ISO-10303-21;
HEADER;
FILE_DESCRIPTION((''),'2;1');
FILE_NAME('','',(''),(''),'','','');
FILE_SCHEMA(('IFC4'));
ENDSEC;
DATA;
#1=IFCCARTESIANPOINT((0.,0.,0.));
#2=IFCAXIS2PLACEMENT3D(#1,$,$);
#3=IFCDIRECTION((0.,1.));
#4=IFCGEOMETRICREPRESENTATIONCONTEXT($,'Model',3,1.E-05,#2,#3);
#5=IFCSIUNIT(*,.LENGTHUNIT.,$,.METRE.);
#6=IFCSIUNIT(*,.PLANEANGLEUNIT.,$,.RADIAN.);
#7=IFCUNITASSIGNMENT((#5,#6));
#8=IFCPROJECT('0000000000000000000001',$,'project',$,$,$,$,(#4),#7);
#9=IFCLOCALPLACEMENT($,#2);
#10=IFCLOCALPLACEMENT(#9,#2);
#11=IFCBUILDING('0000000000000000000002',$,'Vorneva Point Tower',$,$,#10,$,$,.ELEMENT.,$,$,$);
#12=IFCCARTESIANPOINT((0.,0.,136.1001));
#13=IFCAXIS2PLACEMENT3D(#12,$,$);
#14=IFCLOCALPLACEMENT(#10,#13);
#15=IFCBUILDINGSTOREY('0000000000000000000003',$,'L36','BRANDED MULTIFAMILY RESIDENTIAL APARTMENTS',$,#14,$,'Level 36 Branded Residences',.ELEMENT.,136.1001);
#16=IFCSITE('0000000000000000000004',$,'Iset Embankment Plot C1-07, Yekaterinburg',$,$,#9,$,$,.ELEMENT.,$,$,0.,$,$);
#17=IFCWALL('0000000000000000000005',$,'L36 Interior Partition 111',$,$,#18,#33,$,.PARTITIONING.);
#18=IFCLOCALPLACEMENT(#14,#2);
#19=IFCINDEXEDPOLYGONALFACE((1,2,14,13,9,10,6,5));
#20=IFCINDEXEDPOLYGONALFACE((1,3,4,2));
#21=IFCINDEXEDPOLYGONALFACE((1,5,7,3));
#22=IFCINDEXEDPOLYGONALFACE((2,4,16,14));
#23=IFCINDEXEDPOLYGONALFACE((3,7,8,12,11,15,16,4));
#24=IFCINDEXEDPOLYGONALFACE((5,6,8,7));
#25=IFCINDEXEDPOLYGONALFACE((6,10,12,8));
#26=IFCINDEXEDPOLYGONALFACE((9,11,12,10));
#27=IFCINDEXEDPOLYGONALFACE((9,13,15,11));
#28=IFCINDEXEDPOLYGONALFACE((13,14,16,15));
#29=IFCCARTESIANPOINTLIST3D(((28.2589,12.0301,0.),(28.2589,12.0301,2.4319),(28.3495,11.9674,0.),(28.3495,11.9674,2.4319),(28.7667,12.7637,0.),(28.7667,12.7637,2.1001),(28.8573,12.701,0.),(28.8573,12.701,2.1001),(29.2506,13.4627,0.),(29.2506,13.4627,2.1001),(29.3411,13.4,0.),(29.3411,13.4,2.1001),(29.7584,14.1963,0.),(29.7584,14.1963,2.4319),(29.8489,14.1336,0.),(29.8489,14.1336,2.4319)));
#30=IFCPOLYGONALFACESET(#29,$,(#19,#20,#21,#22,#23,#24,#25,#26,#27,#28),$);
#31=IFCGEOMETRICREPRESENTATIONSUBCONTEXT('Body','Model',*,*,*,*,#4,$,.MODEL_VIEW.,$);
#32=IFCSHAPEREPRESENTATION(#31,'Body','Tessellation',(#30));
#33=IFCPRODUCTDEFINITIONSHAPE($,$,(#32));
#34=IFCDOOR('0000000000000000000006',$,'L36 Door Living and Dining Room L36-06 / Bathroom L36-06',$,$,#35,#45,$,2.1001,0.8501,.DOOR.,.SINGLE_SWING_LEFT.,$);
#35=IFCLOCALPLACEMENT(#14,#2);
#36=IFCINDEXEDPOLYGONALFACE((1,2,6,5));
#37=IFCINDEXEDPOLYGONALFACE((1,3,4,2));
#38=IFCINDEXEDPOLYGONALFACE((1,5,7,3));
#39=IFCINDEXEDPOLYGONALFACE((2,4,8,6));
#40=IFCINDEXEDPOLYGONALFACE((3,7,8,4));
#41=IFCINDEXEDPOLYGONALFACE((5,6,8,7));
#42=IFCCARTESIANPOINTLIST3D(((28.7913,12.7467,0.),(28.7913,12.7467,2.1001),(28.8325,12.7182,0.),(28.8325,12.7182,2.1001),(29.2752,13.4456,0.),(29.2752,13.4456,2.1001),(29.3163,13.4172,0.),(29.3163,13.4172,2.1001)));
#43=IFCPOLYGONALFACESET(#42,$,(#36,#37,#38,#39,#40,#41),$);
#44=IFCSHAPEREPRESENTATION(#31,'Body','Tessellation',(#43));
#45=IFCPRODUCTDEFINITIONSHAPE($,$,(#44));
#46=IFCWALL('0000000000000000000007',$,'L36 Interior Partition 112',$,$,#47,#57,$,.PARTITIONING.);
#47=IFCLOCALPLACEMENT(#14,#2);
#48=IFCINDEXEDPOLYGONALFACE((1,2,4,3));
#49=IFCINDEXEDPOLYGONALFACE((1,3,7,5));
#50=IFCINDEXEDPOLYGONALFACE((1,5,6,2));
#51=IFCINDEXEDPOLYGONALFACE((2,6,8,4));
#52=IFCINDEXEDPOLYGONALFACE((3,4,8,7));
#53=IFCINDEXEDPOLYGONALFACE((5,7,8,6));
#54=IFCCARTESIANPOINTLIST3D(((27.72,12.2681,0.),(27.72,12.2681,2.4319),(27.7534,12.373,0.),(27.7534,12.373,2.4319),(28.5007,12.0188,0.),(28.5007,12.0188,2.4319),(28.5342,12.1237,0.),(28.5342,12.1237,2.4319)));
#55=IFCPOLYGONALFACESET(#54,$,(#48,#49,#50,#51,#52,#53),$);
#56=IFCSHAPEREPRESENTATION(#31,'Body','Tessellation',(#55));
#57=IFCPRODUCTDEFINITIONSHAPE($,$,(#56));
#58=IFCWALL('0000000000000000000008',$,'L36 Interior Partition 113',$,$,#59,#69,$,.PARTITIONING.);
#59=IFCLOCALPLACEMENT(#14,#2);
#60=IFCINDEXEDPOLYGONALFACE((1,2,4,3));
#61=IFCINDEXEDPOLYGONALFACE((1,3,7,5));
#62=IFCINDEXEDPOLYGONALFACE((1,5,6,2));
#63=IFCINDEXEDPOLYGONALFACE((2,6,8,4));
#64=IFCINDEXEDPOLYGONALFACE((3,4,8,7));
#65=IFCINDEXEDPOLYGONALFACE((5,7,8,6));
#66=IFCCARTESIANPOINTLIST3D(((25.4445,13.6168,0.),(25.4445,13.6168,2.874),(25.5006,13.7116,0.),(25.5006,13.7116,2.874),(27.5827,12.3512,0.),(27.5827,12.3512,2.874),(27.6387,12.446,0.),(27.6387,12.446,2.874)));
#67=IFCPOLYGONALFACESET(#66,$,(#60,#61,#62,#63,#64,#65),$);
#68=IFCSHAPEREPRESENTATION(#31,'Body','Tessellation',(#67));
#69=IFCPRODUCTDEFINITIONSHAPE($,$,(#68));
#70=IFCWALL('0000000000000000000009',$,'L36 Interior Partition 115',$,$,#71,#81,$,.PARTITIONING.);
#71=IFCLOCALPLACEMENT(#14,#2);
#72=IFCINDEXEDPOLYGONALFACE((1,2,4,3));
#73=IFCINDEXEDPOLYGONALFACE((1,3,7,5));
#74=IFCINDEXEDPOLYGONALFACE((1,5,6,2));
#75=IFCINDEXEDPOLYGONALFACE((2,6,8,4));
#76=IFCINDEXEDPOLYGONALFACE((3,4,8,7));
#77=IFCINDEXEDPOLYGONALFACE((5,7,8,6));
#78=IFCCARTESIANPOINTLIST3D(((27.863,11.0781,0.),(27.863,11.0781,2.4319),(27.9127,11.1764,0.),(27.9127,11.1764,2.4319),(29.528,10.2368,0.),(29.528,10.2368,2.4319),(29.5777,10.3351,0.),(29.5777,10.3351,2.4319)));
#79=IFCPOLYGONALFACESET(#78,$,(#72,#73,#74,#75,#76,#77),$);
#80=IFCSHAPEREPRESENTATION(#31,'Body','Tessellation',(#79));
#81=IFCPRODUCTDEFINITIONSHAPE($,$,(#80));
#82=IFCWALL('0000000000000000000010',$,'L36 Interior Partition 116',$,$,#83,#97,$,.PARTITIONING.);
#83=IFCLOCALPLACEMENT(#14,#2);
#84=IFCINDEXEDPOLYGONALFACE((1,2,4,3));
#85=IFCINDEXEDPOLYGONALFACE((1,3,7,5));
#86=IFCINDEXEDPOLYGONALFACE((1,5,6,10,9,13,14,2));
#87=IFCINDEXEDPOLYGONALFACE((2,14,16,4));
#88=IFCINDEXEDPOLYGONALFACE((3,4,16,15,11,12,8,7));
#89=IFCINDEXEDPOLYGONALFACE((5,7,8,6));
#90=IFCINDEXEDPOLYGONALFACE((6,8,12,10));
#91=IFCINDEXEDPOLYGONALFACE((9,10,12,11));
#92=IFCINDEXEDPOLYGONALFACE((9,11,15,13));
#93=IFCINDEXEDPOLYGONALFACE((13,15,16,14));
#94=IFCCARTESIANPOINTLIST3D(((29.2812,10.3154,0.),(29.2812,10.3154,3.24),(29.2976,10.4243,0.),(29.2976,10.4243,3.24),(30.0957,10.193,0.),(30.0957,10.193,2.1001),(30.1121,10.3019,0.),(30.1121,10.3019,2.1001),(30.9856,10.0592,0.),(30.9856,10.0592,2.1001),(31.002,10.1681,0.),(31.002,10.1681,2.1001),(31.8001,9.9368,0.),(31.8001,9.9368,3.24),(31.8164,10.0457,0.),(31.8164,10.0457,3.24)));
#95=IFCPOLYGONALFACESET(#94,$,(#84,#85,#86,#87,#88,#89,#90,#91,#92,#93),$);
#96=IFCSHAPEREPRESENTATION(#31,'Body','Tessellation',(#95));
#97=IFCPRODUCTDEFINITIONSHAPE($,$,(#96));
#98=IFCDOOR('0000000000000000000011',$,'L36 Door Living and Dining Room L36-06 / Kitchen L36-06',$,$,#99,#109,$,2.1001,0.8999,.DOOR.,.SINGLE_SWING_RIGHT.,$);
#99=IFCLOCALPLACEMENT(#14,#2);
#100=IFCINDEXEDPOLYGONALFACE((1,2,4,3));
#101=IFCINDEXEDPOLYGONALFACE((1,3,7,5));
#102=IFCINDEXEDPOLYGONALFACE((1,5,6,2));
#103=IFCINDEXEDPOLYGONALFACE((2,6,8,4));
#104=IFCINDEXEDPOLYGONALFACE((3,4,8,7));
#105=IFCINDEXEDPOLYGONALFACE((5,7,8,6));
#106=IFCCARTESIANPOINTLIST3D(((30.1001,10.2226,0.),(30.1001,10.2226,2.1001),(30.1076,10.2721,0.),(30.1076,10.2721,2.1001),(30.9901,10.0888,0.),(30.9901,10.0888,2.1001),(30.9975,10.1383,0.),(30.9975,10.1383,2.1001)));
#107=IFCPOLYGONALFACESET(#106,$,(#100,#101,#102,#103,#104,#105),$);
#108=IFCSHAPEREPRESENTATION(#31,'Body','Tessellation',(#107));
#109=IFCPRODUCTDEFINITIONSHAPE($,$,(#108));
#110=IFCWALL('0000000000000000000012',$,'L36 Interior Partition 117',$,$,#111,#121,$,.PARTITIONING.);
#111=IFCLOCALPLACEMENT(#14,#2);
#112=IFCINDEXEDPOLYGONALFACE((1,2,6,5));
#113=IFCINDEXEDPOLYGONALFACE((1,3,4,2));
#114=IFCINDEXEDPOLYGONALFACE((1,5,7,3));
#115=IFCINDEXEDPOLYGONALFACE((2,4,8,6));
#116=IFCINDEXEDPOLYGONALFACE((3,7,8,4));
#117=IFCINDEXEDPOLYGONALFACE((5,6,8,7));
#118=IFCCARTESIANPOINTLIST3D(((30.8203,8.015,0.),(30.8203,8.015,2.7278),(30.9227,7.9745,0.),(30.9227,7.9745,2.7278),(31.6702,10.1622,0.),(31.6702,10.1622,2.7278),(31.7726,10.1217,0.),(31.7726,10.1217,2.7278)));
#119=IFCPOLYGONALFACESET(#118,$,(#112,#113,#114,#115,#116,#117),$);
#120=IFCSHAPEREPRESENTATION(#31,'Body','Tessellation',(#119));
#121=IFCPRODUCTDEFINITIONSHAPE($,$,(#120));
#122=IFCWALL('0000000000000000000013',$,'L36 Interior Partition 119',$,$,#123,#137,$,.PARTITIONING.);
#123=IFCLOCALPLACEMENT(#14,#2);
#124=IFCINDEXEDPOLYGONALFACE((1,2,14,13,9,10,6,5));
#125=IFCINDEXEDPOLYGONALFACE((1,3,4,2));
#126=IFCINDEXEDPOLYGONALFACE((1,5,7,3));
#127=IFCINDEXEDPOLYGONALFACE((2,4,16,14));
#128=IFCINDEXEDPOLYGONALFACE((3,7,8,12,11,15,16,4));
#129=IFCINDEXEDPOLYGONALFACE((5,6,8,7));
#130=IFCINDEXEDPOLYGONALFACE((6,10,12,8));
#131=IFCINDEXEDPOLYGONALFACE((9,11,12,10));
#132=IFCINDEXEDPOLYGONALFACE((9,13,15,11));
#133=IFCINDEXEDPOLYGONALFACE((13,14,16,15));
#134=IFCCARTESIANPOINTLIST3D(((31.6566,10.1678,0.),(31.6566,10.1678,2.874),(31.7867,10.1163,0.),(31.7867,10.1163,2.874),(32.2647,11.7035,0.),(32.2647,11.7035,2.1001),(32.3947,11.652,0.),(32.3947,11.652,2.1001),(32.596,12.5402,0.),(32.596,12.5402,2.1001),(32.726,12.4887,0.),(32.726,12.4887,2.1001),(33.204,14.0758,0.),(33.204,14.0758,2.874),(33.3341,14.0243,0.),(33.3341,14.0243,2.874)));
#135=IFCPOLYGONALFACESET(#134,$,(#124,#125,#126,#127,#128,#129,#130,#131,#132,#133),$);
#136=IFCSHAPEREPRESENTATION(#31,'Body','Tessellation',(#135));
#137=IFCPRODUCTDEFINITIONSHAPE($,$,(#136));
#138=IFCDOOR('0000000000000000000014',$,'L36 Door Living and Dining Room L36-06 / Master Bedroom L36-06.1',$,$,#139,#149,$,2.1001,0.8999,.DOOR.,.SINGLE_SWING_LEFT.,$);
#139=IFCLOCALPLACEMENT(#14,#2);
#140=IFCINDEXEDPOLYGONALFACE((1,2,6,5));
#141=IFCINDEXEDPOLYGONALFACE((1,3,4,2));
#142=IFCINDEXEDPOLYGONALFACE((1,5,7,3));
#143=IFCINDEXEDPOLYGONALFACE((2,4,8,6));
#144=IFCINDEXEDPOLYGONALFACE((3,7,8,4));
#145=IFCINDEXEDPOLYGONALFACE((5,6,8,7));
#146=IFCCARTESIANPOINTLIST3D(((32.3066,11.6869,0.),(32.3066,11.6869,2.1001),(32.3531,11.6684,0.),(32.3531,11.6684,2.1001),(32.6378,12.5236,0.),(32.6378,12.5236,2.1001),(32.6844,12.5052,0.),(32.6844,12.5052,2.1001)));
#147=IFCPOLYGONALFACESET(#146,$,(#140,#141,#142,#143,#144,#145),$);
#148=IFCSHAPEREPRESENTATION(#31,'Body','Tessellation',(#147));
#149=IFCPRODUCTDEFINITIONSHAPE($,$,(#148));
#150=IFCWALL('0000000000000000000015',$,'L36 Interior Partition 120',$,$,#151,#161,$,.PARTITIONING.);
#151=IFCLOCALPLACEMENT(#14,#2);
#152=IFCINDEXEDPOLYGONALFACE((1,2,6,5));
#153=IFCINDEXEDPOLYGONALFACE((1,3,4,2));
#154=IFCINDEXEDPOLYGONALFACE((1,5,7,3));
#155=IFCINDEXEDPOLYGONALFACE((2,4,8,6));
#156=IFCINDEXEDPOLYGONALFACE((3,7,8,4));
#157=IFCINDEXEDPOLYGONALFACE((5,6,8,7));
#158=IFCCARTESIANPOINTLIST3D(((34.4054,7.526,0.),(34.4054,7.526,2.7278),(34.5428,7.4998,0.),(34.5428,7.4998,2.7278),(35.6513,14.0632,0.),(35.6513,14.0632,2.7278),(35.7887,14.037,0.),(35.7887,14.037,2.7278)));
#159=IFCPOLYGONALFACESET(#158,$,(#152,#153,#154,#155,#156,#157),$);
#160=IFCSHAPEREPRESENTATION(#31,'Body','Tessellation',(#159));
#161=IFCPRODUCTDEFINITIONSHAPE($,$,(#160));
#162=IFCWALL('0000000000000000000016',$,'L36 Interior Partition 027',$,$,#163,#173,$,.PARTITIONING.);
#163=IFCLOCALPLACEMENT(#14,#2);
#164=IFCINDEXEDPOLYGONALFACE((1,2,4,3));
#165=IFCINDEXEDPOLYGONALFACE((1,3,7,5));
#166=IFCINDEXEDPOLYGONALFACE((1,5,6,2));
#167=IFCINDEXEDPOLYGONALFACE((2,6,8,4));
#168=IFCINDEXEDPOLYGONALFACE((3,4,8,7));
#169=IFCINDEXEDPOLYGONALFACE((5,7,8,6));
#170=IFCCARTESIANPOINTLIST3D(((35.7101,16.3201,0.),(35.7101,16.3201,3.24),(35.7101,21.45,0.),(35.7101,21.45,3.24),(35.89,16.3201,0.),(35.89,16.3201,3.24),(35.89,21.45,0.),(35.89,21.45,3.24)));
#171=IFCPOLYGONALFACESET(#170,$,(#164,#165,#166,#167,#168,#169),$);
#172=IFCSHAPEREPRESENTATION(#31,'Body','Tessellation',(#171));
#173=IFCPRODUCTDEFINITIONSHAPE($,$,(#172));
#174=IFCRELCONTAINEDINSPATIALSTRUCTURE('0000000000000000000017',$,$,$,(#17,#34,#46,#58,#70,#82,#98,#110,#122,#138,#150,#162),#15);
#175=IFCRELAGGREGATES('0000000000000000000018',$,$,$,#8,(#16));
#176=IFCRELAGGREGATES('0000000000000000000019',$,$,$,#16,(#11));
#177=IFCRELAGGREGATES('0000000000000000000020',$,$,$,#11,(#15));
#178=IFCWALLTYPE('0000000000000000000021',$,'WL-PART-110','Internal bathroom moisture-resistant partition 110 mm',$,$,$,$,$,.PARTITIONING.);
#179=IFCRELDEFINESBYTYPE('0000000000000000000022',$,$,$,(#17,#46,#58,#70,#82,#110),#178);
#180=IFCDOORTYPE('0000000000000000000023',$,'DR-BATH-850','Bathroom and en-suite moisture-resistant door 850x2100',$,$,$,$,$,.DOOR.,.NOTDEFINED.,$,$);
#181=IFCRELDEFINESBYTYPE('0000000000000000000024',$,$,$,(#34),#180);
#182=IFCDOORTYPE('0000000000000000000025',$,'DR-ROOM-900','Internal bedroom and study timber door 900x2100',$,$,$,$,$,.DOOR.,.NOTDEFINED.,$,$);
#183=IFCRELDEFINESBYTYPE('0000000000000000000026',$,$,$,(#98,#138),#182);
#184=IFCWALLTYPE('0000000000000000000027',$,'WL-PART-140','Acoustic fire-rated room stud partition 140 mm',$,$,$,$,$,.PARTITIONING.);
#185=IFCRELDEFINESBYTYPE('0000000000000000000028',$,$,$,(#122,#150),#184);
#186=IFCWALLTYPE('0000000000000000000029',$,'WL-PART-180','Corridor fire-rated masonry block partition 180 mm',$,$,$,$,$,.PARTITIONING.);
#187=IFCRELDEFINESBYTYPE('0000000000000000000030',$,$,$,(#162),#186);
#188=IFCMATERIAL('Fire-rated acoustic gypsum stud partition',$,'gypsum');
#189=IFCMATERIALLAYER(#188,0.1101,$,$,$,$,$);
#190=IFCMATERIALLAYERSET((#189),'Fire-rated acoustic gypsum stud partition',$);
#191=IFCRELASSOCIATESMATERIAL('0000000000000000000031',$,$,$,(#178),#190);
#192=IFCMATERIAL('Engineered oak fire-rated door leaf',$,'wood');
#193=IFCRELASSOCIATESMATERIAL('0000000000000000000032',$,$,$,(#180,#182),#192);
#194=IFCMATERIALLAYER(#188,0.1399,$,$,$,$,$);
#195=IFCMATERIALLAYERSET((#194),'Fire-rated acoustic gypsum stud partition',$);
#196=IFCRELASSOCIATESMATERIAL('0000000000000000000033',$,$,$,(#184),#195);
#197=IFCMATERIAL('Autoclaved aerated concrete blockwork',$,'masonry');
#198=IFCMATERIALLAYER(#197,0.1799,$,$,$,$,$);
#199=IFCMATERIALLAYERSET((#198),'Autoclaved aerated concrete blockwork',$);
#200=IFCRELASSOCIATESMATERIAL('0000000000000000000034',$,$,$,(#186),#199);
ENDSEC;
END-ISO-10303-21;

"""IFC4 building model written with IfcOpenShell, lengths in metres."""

from ifc_helpers import new_model, si_unit, direction, frame, frame_2d, origin, place, context, subcontext, project, spatial, rectangle, extrude, material, layer, layer_set, type_object, element, fill, save


model = new_model("IFC4")

# Units and contexts
model_context = context("Model", 3, precision=1e-05, world=origin(), true_north=direction((0.0, 1.0)))
body_context = subcontext(model_context, "Body", "Model", "MODEL_VIEW")
ifc_project = project(units=[si_unit("LENGTHUNIT", "METRE"), si_unit("PLANEANGLEUNIT", "RADIAN")], contexts=[model_context])

# Site, building, storey
site_placement = place(None, origin())
site = spatial("IfcSite", under=ifc_project, at=site_placement, Name="Iset Embankment Plot C1-07, Yekaterinburg", CompositionType="ELEMENT", RefElevation=0.0)
building_placement = place(site_placement, origin())
building = spatial("IfcBuilding", under=site, at=building_placement, Name="Vorneva Point Tower", CompositionType="ELEMENT")
storey_placement = place(building_placement, frame((0.0, 0.0, 136.1001)))
storey = spatial("IfcBuildingStorey", under=building, at=storey_placement, Name="L36", Description="BRANDED MULTIFAMILY RESIDENTIAL APARTMENTS", LongName="Level 36 Branded Residences", CompositionType="ELEMENT", Elevation=136.1001)

# Wall, opening, door
ifc_material_1 = material(Name="Fire-rated acoustic gypsum stud partition", Category="gypsum")
ifc_layer_1 = layer(ifc_material_1, 0.1101)
ifc_layer_set_1 = layer_set([ifc_layer_1], Name="Fire-rated acoustic gypsum stud partition")
wall_type_1 = type_object("IfcWallType", Name="WL-PART-110", Description="Internal bathroom moisture-resistant partition 110 mm", PredefinedType="PARTITIONING", material=ifc_layer_set_1)
wall_1_placement = place(storey_placement, frame((29.8037, 14.165, 0.0), z_axis=(0.0, 0.0, 1.0), x_axis=(-0.569157, -0.822229, 0.0)))
wall_1 = element("IfcWall", 1, at=wall_1_placement, inside=storey, type_object=wall_type_1, Name="L36 Interior Partition 111", PredefinedType="PARTITIONING", context=body_context, shape_type="SweptSolid", body=[
    extrude(rectangle(XDim=2.6345, YDim=0.1101, at=frame_2d((1.3174, 0.0))), origin(), (0.0, 0.0, 1.0), 2.4319),
])
opening_1_placement = place(wall_1_placement, frame((0.8923, 0.0, 0.0)))
opening_1 = element("IfcOpeningElement", 2, at=opening_1_placement, cuts=wall_1, PredefinedType="OPENING", context=body_context, shape_type="SweptSolid", body=[
    extrude(rectangle(XDim=0.8501, YDim=2.1001, at=frame_2d((0.425, 1.05))), frame((0.0, 0.0698, 0.0), z_axis=(0.0, -1.0, 0.0), x_axis=(1.0, 0.0, 0.0)), (0.0, 0.0, 1.0), 0.1399),
])
ifc_material_2 = material(Name="Engineered oak fire-rated door leaf", Category="wood")
door_type_1 = type_object("IfcDoorType", Name="DR-BATH-850", Description="Bathroom and en-suite moisture-resistant door 850x2100", OperationType="NOTDEFINED", PredefinedType="DOOR", material=ifc_material_2)
door_1_placement = place(opening_1_placement, origin())
door_1 = element("IfcDoor", 3, at=door_1_placement, inside=storey, type_object=door_type_1, Name="L36 Door Living and Dining Room L36-06 / Bathroom L36-06", OperationType="SINGLE_SWING_LEFT", OverallHeight=2.1001, OverallWidth=0.8501, PredefinedType="DOOR", context=body_context, shape_type="SweptSolid", body=[
    extrude(rectangle(XDim=0.8501, YDim=2.1001, at=frame_2d((0.425, 1.05))), frame((0.0, 0.0249, 0.0), z_axis=(0.0, -1.0, 0.0), x_axis=(1.0, 0.0, 0.0)), (0.0, 0.0, 1.0), 0.05),
])
fill(opening_1, door_1)

# Walls
wall_2_placement = place(storey_placement, frame((28.5173, 12.0713, 0.0), z_axis=(0.0, 0.0, 1.0), x_axis=(-0.952628, 0.304138, 0.0)))
element("IfcWall", 4, at=wall_2_placement, inside=storey, type_object=wall_type_1, Name="L36 Interior Partition 112", PredefinedType="PARTITIONING", context=body_context, shape_type="SweptSolid", body=[
    extrude(rectangle(XDim=0.8196, YDim=0.1101, at=frame_2d((0.4097, 0.0))), origin(), (0.0, 0.0, 1.0), 2.4319),
])
wall_3_placement = place(storey_placement, frame((27.6106, 12.3987, 0.0), z_axis=(0.0, 0.0, 1.0), x_axis=(-0.860547, 0.509371, 0.0)))
element("IfcWall", 5, at=wall_3_placement, inside=storey, type_object=wall_type_1, Name="L36 Interior Partition 113", PredefinedType="PARTITIONING", context=body_context, shape_type="SweptSolid", body=[
    extrude(rectangle(XDim=2.4846, YDim=0.1101, at=frame_2d((1.2422, 0.0))), origin(), (0.0, 0.0, 1.0), 2.874),
])
wall_4_placement = place(storey_placement, frame((27.8879, 11.1272, 0.0), z_axis=(0.0, 0.0, 1.0), x_axis=(0.892535, -0.450979, 0.0)))
element("IfcWall", 6, at=wall_4_placement, inside=storey, type_object=wall_type_1, Name="L36 Interior Partition 115", PredefinedType="PARTITIONING", context=body_context, shape_type="SweptSolid", body=[
    extrude(rectangle(XDim=1.8655, YDim=0.1101, at=frame_2d((0.9326, 0.0))), origin(), (0.0, 0.0, 1.0), 2.4319),
])

# Wall, opening, door
wall_5_placement = place(storey_placement, frame((29.2896, 10.3699, 0.0), z_axis=(0.0, 0.0, 1.0), x_axis=(0.988888, -0.148664, 0.0)))
wall_5 = element("IfcWall", 7, at=wall_5_placement, inside=storey, type_object=wall_type_1, Name="L36 Interior Partition 116", PredefinedType="PARTITIONING", context=body_context, shape_type="SweptSolid", body=[
    extrude(rectangle(XDim=2.5471, YDim=0.1101, at=frame_2d((1.2734, 0.0))), origin(), (0.0, 0.0, 1.0), 3.24),
])
opening_2_placement = place(wall_5_placement, frame((0.8235, 0.0, 0.0)))
opening_2 = element("IfcOpeningElement", 8, at=opening_2_placement, cuts=wall_5, PredefinedType="OPENING", context=body_context, shape_type="SweptSolid", body=[
    extrude(rectangle(XDim=0.8999, YDim=2.1001, at=frame_2d((0.45, 1.05))), frame((0.0, 0.0698, 0.0), z_axis=(0.0, -1.0, 0.0), x_axis=(1.0, 0.0, 0.0)), (0.0, 0.0, 1.0), 0.1399),
])
door_type_2 = type_object("IfcDoorType", Name="DR-ROOM-900", Description="Internal bedroom and study timber door 900x2100", OperationType="NOTDEFINED", PredefinedType="DOOR", material=ifc_material_2)
door_2_placement = place(opening_2_placement, origin())
door_2 = element("IfcDoor", 9, at=door_2_placement, inside=storey, type_object=door_type_2, Name="L36 Door Living and Dining Room L36-06 / Kitchen L36-06", OperationType="SINGLE_SWING_RIGHT", OverallHeight=2.1001, OverallWidth=0.8999, PredefinedType="DOOR", context=body_context, shape_type="SweptSolid", body=[
    extrude(rectangle(XDim=0.8999, YDim=2.1001, at=frame_2d((0.45, 1.05))), frame((0.0, 0.0249, 0.0), z_axis=(0.0, -1.0, 0.0), x_axis=(1.0, 0.0, 0.0)), (0.0, 0.0, 1.0), 0.05),
])
fill(opening_2, door_2)

# Wall
wall_6_placement = place(storey_placement, frame((31.7214, 10.1421, 0.0), z_axis=(0.0, 0.0, 1.0), x_axis=(-0.368016, -0.929819, 0.0)))
element("IfcWall", 10, at=wall_6_placement, inside=storey, type_object=wall_type_1, Name="L36 Interior Partition 117", PredefinedType="PARTITIONING", context=body_context, shape_type="SweptSolid", body=[
    extrude(rectangle(XDim=2.3093, YDim=0.1101, at=frame_2d((1.1548, 0.0))), origin(), (0.0, 0.0, 1.0), 2.7278),
])

# Wall, opening, door
ifc_layer_2 = layer(ifc_material_1, 0.1399)
ifc_layer_set_2 = layer_set([ifc_layer_2], Name="Fire-rated acoustic gypsum stud partition")
wall_type_2 = type_object("IfcWallType", Name="WL-PART-140", Description="Acoustic fire-rated room stud partition 140 mm", PredefinedType="PARTITIONING", material=ifc_layer_set_2)
wall_7_placement = place(storey_placement, frame((31.7217, 10.1421, 0.0), z_axis=(0.0, 0.0, 1.0), x_axis=(0.368144, 0.929769, 0.0)))
wall_7 = element("IfcWall", 11, at=wall_7_placement, inside=storey, type_object=wall_type_2, Name="L36 Interior Partition 119", PredefinedType="PARTITIONING", context=body_context, shape_type="SweptSolid", body=[
    extrude(rectangle(XDim=4.2031, YDim=0.1399, at=frame_2d((2.1016, 0.0))), origin(), (0.0, 0.0, 1.0), 2.874),
])
opening_3_placement = place(wall_7_placement, frame((1.6516, 0.0, 0.0)))
opening_3 = element("IfcOpeningElement", 12, at=opening_3_placement, cuts=wall_7, PredefinedType="OPENING", context=body_context, shape_type="SweptSolid", body=[
    extrude(rectangle(XDim=0.8999, YDim=2.1001, at=frame_2d((0.45, 1.05))), frame((0.0, 0.085, 0.0), z_axis=(0.0, -1.0, 0.0), x_axis=(1.0, 0.0, 0.0)), (0.0, 0.0, 1.0), 0.1697),
])
door_3_placement = place(opening_3_placement, origin())
door_3 = element("IfcDoor", 13, at=door_3_placement, inside=storey, type_object=door_type_2, Name="L36 Door Living and Dining Room L36-06 / Master Bedroom L36-06.1", OperationType="SINGLE_SWING_LEFT", OverallHeight=2.1001, OverallWidth=0.8999, PredefinedType="DOOR", context=body_context, shape_type="SweptSolid", body=[
    extrude(rectangle(XDim=0.8999, YDim=2.1001, at=frame_2d((0.45, 1.05))), frame((0.0, 0.0249, 0.0), z_axis=(0.0, -1.0, 0.0), x_axis=(1.0, 0.0, 0.0)), (0.0, 0.0, 1.0), 0.05),
])
fill(opening_3, door_3)

# Walls
wall_8_placement = place(storey_placement, frame((34.4741, 7.5129, 0.0), z_axis=(0.0, 0.0, 1.0), x_axis=(0.187212, 0.98232, 0.0)))
element("IfcWall", 14, at=wall_8_placement, inside=storey, type_object=wall_type_2, Name="L36 Interior Partition 120", PredefinedType="PARTITIONING", context=body_context, shape_type="SweptSolid", body=[
    extrude(rectangle(XDim=6.6548, YDim=0.1399, at=frame_2d((3.3274, 0.0))), origin(), (0.0, 0.0, 1.0), 2.7278),
])
ifc_material_3 = material(Name="Autoclaved aerated concrete blockwork", Category="masonry")
ifc_layer_3 = layer(ifc_material_3, 0.1799)
ifc_layer_set_3 = layer_set([ifc_layer_3], Name="Autoclaved aerated concrete blockwork")
wall_type_3 = type_object("IfcWallType", Name="WL-PART-180", Description="Corridor fire-rated masonry block partition 180 mm", PredefinedType="PARTITIONING", material=ifc_layer_set_3)
wall_9_placement = place(storey_placement, frame((35.8, 16.3201, 0.0), z_axis=(0.0, 0.0, 1.0), x_axis=(0.0, 1.0, 0.0)))
element("IfcWall", 15, at=wall_9_placement, inside=storey, type_object=wall_type_3, Name="L36 Interior Partition 027", PredefinedType="PARTITIONING", context=body_context, shape_type="SweptSolid", body=[
    extrude(rectangle(XDim=5.1299, YDim=0.1799, at=frame_2d((2.5649, 0.0))), origin(), (0.0, 0.0, 1.0), 3.24),
])

save(model, "model.ifc")
